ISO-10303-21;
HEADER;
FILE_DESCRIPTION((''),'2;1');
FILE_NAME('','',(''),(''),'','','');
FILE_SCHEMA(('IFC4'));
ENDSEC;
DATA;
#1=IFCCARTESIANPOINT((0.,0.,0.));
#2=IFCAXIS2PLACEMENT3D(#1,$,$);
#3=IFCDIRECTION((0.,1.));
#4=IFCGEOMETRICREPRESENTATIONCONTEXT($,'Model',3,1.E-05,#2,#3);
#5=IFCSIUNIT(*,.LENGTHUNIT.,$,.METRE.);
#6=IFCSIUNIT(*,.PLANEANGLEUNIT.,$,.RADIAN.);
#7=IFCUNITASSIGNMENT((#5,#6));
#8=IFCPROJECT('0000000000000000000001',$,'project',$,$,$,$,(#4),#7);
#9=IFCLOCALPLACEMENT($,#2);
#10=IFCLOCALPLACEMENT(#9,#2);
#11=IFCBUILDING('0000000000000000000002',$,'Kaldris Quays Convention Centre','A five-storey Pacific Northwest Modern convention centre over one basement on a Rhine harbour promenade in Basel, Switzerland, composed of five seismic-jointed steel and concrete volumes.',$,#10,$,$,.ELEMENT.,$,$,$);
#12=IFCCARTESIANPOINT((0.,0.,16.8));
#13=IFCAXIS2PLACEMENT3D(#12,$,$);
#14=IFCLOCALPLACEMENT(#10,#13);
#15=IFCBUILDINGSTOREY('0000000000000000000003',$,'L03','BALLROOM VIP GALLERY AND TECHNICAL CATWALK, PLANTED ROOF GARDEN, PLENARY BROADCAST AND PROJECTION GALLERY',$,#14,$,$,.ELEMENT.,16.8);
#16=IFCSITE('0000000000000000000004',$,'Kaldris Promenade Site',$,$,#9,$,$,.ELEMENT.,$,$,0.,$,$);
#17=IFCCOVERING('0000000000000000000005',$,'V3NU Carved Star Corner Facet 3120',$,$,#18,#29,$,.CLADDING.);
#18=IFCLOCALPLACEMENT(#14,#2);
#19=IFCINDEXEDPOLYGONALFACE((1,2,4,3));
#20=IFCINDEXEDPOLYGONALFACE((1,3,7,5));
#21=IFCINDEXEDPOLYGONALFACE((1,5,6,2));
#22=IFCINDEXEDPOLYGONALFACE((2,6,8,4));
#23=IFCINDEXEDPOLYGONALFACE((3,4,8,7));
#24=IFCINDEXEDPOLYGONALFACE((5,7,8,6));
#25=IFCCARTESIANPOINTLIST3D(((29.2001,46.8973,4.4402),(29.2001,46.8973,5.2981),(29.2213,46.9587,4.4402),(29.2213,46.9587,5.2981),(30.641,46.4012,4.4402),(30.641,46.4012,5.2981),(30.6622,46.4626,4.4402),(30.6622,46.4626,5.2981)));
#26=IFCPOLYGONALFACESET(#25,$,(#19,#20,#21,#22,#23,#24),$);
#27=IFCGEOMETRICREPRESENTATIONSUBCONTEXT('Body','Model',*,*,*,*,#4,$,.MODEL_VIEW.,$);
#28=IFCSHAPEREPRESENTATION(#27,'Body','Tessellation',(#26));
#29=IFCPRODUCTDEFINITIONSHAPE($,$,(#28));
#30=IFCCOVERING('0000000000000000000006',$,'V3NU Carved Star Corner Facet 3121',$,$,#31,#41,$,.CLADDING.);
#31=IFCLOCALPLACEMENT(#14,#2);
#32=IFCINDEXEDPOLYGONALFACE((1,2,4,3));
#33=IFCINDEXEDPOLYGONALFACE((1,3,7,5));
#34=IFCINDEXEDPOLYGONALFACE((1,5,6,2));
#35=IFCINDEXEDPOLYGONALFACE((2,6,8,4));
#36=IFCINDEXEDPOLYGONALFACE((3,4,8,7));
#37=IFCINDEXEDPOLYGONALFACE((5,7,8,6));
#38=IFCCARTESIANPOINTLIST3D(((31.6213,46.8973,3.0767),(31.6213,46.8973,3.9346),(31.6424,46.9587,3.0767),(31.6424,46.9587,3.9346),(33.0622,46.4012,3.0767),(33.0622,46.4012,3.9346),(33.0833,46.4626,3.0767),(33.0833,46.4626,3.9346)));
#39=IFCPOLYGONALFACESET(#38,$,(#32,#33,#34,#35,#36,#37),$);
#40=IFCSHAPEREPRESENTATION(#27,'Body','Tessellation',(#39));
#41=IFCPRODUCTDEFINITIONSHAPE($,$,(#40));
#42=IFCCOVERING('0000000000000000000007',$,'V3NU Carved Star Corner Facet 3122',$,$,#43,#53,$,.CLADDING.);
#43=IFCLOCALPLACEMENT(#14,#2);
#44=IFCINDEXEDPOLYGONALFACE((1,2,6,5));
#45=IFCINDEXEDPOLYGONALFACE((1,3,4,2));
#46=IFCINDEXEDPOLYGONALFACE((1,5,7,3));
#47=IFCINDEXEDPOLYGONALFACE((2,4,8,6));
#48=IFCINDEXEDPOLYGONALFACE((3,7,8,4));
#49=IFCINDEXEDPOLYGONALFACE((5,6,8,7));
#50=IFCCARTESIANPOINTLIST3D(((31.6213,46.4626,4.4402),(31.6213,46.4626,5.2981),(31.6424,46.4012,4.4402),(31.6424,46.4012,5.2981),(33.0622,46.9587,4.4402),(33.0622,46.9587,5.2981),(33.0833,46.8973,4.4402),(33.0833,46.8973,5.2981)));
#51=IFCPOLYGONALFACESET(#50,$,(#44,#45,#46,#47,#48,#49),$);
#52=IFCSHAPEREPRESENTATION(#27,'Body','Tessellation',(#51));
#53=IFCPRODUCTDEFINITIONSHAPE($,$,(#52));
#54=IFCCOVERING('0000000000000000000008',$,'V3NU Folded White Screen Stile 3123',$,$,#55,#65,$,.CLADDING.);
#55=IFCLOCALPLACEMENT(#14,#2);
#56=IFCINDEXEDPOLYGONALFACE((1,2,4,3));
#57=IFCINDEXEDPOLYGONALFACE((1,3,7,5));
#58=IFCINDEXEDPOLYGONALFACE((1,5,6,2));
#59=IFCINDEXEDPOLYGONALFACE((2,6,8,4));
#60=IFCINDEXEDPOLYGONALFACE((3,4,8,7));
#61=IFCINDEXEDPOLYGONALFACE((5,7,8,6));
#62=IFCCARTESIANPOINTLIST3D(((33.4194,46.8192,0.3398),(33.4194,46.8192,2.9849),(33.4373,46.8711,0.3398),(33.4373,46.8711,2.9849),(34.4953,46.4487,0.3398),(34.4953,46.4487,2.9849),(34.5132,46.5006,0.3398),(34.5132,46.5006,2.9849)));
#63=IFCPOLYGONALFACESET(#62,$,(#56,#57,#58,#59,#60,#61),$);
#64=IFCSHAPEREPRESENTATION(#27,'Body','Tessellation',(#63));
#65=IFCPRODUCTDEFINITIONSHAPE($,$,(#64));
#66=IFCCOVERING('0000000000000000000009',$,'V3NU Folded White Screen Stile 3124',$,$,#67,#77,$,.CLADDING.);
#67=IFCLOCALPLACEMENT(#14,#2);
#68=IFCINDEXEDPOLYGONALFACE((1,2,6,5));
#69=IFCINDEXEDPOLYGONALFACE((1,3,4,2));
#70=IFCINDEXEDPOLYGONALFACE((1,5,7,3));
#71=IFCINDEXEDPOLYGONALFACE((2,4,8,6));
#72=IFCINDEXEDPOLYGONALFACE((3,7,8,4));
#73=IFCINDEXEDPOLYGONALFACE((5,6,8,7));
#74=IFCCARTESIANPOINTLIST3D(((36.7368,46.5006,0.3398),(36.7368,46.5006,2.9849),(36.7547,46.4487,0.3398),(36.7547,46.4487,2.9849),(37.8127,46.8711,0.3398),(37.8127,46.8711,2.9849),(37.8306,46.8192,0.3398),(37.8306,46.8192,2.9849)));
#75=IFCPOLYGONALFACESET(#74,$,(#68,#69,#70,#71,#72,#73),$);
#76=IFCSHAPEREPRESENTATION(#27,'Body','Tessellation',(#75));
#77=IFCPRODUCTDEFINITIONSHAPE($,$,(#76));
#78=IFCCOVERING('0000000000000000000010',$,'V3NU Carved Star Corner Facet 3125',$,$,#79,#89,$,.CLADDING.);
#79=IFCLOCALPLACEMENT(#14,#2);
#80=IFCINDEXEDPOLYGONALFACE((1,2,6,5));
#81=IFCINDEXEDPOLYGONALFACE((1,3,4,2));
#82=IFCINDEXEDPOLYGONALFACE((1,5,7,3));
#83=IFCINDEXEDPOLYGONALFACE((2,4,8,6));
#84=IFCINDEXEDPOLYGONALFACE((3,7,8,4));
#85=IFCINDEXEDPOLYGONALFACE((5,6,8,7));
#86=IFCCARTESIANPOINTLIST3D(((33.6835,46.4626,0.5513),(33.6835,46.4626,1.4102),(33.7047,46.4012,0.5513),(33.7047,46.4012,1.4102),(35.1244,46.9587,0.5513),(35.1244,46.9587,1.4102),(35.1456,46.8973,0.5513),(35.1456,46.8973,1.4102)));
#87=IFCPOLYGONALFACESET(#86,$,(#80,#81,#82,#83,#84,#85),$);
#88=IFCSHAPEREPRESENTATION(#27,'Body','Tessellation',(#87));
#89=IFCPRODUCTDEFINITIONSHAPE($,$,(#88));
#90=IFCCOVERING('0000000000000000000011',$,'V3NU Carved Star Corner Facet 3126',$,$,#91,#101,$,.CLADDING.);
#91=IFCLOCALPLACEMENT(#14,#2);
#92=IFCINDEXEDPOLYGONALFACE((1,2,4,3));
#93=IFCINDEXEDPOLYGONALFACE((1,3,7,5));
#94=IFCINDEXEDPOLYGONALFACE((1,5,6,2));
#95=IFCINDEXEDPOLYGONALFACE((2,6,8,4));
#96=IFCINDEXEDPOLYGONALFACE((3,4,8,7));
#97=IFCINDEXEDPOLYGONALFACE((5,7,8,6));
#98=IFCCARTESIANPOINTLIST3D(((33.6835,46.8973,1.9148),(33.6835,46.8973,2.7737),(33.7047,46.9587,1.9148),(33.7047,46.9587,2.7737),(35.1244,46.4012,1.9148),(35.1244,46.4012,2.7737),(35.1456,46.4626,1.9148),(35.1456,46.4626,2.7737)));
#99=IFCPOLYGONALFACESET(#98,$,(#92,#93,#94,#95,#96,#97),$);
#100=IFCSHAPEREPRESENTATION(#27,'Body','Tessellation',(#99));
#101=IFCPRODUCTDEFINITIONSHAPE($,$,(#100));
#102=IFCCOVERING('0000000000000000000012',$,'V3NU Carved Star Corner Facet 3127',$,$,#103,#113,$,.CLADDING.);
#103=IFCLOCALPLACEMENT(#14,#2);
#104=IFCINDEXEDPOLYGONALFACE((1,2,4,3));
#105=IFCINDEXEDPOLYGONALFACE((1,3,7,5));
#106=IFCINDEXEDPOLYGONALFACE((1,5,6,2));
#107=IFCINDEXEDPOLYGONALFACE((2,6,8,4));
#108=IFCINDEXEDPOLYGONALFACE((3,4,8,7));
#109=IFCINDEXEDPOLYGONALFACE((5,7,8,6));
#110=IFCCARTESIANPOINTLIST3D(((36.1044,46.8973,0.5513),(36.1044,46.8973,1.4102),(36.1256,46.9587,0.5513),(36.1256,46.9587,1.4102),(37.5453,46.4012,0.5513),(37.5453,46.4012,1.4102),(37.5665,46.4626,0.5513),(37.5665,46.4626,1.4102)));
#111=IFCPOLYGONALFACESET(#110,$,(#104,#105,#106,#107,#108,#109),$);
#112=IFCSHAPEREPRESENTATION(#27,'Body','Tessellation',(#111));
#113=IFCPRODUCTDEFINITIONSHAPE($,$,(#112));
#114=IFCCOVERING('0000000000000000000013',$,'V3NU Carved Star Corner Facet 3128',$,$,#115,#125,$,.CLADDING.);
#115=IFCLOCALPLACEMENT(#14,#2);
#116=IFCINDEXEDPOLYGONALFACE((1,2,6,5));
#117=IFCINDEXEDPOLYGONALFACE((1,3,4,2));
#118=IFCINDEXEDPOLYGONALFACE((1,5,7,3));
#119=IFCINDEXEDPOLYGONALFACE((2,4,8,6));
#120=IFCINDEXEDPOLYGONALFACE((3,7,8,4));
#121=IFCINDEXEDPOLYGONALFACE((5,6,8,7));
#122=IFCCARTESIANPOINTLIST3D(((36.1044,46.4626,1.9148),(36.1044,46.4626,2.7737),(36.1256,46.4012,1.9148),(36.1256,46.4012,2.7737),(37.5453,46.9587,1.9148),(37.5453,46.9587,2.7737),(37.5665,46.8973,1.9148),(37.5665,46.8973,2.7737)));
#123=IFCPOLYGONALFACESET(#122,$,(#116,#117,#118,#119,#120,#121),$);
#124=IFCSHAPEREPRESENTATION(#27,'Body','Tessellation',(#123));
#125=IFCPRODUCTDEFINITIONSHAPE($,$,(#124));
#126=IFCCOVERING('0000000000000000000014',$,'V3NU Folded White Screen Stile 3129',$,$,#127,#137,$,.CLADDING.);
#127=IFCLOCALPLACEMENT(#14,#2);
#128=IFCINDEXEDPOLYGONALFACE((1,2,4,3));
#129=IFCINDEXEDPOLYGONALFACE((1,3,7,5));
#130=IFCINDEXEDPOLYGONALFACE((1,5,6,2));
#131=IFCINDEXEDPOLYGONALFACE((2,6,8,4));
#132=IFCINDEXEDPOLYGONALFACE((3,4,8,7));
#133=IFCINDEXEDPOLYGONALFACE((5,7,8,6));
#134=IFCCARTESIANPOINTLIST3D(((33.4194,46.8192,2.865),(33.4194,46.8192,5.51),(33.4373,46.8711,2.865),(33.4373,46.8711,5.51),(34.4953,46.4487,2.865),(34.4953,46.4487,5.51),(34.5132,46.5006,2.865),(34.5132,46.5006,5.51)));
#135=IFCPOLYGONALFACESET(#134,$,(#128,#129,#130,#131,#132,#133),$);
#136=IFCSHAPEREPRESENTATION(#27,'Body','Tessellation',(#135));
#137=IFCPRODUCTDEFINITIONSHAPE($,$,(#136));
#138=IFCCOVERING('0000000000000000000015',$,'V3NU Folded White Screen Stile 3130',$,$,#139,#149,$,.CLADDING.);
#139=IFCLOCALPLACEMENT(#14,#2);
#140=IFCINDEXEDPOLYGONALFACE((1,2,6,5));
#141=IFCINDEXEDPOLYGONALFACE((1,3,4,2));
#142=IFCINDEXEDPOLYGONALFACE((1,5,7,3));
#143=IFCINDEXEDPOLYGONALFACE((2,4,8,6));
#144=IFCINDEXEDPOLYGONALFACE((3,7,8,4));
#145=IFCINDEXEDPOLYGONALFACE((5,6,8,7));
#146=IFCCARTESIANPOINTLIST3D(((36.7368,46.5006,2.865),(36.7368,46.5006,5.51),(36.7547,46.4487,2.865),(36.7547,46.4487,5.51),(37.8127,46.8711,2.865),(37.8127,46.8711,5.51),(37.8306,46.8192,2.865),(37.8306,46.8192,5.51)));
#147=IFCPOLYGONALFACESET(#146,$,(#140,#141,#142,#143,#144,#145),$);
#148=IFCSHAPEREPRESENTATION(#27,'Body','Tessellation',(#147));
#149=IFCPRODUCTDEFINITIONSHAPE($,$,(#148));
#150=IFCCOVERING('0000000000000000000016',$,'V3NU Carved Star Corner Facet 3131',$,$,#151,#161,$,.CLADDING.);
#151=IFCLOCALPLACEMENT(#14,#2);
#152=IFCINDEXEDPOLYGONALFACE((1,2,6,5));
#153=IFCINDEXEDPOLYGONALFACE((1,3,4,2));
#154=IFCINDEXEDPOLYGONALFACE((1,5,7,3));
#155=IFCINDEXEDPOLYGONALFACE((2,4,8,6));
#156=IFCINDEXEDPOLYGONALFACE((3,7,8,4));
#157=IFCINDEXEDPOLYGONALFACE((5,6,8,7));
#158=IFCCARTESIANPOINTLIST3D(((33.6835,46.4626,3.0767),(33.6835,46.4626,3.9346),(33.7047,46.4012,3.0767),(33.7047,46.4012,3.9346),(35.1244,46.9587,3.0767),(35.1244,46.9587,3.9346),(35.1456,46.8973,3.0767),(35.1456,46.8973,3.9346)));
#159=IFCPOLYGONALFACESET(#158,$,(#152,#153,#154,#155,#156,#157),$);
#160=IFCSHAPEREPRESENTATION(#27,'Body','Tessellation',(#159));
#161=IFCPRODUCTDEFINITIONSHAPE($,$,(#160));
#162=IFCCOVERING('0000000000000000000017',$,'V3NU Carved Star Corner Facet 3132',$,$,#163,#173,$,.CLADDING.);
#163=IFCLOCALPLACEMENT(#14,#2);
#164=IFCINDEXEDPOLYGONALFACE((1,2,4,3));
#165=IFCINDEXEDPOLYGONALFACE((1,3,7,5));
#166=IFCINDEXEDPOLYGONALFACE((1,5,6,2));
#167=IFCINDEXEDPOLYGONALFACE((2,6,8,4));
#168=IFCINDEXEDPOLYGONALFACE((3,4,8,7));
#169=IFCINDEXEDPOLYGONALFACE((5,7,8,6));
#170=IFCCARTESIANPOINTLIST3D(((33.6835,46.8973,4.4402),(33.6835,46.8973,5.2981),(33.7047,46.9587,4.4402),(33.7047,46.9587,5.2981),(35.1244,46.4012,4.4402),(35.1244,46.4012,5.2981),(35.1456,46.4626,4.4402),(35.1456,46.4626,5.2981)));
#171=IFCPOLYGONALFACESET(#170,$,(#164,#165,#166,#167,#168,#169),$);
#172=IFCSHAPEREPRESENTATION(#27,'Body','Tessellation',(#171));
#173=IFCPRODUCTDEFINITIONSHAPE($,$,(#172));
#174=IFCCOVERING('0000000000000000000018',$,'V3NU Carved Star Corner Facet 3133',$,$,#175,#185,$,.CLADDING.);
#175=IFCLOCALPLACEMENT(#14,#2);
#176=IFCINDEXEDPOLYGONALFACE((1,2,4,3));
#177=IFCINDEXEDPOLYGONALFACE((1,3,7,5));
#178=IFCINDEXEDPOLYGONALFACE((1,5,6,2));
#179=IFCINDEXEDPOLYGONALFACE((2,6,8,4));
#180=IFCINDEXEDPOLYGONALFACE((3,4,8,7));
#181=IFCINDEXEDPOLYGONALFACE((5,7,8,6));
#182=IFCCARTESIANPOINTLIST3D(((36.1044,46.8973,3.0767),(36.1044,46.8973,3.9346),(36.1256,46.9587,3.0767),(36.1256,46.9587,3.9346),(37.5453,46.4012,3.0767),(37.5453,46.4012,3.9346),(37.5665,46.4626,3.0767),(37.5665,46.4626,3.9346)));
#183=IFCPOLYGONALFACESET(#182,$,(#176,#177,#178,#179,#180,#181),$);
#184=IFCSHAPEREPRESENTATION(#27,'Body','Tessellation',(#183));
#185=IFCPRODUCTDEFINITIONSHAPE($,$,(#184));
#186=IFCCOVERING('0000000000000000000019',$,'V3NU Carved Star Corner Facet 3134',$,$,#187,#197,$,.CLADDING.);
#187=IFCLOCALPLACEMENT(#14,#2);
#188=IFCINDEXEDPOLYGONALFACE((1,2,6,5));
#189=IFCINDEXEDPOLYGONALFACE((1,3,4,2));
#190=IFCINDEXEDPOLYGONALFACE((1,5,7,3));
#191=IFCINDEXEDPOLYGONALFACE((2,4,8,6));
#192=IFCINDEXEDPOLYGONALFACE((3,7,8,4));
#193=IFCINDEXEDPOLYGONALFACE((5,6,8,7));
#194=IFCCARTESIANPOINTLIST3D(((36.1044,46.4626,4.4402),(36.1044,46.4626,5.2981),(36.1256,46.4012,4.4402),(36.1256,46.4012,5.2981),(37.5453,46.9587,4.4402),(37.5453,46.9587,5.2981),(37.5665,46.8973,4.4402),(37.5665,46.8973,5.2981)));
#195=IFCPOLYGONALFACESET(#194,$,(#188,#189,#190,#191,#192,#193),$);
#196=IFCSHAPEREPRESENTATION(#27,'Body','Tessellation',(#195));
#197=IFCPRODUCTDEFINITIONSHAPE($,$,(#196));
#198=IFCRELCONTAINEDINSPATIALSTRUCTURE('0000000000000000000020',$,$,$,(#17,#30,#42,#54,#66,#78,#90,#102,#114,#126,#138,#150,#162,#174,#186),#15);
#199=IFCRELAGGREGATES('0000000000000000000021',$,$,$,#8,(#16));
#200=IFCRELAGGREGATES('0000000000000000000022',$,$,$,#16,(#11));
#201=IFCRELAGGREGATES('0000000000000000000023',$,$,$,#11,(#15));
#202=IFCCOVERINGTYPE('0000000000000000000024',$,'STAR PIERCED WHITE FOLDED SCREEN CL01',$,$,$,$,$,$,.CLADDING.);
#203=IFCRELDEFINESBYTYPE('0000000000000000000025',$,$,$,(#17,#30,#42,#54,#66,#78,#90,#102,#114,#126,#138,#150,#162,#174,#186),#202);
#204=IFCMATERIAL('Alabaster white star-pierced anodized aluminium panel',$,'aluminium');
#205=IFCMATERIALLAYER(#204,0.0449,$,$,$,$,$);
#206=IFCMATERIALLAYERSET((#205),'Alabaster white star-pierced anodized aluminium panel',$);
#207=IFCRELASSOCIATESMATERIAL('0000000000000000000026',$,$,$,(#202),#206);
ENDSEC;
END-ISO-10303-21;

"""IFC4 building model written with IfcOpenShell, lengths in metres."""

from ifc_helpers import new_model, si_unit, direction, frame, origin, origin_2d, place, context, subcontext, project, spatial, rectangle, extrude, material, layer, layer_set, type_object, element, save


model = new_model("IFC4")

# Units and contexts
model_context = context("Model", 3, precision=1e-05, world=origin(), true_north=direction((0.0, 1.0)))
body_context = subcontext(model_context, "Body", "Model", "MODEL_VIEW")
ifc_project = project(units=[si_unit("LENGTHUNIT", "METRE"), si_unit("PLANEANGLEUNIT", "RADIAN")], contexts=[model_context])

# Site, building, storey
site_placement = place(None, origin())
site = spatial("IfcSite", under=ifc_project, at=site_placement, Name="Kaldris Promenade Site", CompositionType="ELEMENT", RefElevation=0.0)
building_placement = place(site_placement, origin())
building = spatial("IfcBuilding", under=site, at=building_placement, Name="Kaldris Quays Convention Centre", Description="A five-storey Pacific Northwest Modern convention centre over one basement on a Rhine harbour promenade in Basel, Switzerland, composed of five seismic-jointed steel and concrete volumes.", CompositionType="ELEMENT")
storey_placement = place(building_placement, frame((0.0, 0.0, 16.8)))
storey = spatial("IfcBuildingStorey", under=building, at=storey_placement, Name="L03", Description="BALLROOM VIP GALLERY AND TECHNICAL CATWALK, PLANTED ROOF GARDEN, PLENARY BROADCAST AND PROJECTION GALLERY", CompositionType="ELEMENT", Elevation=16.8)

# Coverings
ifc_material_1 = material(Name="Alabaster white star-pierced anodized aluminium panel", Category="aluminium")
ifc_layer = layer(ifc_material_1, 0.0449)
ifc_layer_set = layer_set([ifc_layer], Name="Alabaster white star-pierced anodized aluminium panel")
covering_type = type_object("IfcCoveringType", Name="STAR PIERCED WHITE FOLDED SCREEN CL01", PredefinedType="CLADDING", material=ifc_layer_set)
for number, where, z_axis, x_axis, name in (
    (1, (29.9312, 46.6799, 4.4402), (0.0, 0.0, 1.0), (0.945519, -0.325568, 0.0), "V3NU Carved Star Corner Facet 3120"),
    (2, (32.3523, 46.6799, 3.0767), (0.0, 0.0, 1.0), (0.945519, -0.325568, 0.0), "V3NU Carved Star Corner Facet 3121"),
    (3, (32.3523, 46.6799, 4.4402), (0.0, 0.0, 1.0), (0.945519, 0.325568, 0.0), "V3NU Carved Star Corner Facet 3122"),
):
    element("IfcCovering", number, at=place(storey_placement, frame(where, z_axis=z_axis, x_axis=x_axis)), inside=storey, type_object=covering_type, Name=name, PredefinedType="CLADDING", context=body_context, shape_type="SweptSolid", body=[
        extrude(rectangle(XDim=1.5239, YDim=0.0649, at=origin_2d()), origin(), (0.0, 0.0, 1.0), 0.8579),
    ])
for number, where, z_axis, x_axis, name in (
    (4, (33.9663, 46.6599, 0.3398), (0.0, 0.0, 1.0), (0.945519, -0.325568, 0.0), "V3NU Folded White Screen Stile 3123"),
    (5, (37.2837, 46.6599, 0.3398), (0.0, 0.0, 1.0), (0.945519, 0.325568, 0.0), "V3NU Folded White Screen Stile 3124"),
):
    element("IfcCovering", number, at=place(storey_placement, frame(where, z_axis=z_axis, x_axis=x_axis)), inside=storey, type_object=covering_type, Name=name, PredefinedType="CLADDING", context=body_context, shape_type="SweptSolid", body=[
        extrude(rectangle(XDim=1.1379, YDim=0.0549, at=origin_2d()), origin(), (0.0, 0.0, 1.0), 2.645),
    ])
for number, where, z_axis, x_axis, name in (
    (6, (34.4146, 46.6799, 0.5513), (0.0, 0.0, 1.0), (0.945519, 0.325568, 0.0), "V3NU Carved Star Corner Facet 3125"),
    (7, (34.4146, 46.6799, 1.9148), (0.0, 0.0, 1.0), (0.945519, -0.325568, 0.0), "V3NU Carved Star Corner Facet 3126"),
    (8, (36.8354, 46.6799, 0.5513), (0.0, 0.0, 1.0), (0.945519, -0.325568, 0.0), "V3NU Carved Star Corner Facet 3127"),
    (9, (36.8354, 46.6799, 1.9148), (0.0, 0.0, 1.0), (0.945519, 0.325568, 0.0), "V3NU Carved Star Corner Facet 3128"),
):
    element("IfcCovering", number, at=place(storey_placement, frame(where, z_axis=z_axis, x_axis=x_axis)), inside=storey, type_object=covering_type, Name=name, PredefinedType="CLADDING", context=body_context, shape_type="SweptSolid", body=[
        extrude(rectangle(XDim=1.5239, YDim=0.0649, at=origin_2d()), origin(), (0.0, 0.0, 1.0), 0.8589),
    ])
for number, where, z_axis, x_axis, name in (
    (10, (33.9663, 46.6599, 2.865), (0.0, 0.0, 1.0), (0.945519, -0.325568, 0.0), "V3NU Folded White Screen Stile 3129"),
    (11, (37.2837, 46.6599, 2.865), (0.0, 0.0, 1.0), (0.945519, 0.325568, 0.0), "V3NU Folded White Screen Stile 3130"),
):
    element("IfcCovering", number, at=place(storey_placement, frame(where, z_axis=z_axis, x_axis=x_axis)), inside=storey, type_object=covering_type, Name=name, PredefinedType="CLADDING", context=body_context, shape_type="SweptSolid", body=[
        extrude(rectangle(XDim=1.1379, YDim=0.0549, at=origin_2d()), origin(), (0.0, 0.0, 1.0), 2.645),
    ])
for number, where, z_axis, x_axis, name in (
    (12, (34.4146, 46.6799, 3.0767), (0.0, 0.0, 1.0), (0.945519, 0.325568, 0.0), "V3NU Carved Star Corner Facet 3131"),
    (13, (34.4146, 46.6799, 4.4402), (0.0, 0.0, 1.0), (0.945519, -0.325568, 0.0), "V3NU Carved Star Corner Facet 3132"),
    (14, (36.8354, 46.6799, 3.0767), (0.0, 0.0, 1.0), (0.945519, -0.325568, 0.0), "V3NU Carved Star Corner Facet 3133"),
    (15, (36.8354, 46.6799, 4.4402), (0.0, 0.0, 1.0), (0.945519, 0.325568, 0.0), "V3NU Carved Star Corner Facet 3134"),
):
    element("IfcCovering", number, at=place(storey_placement, frame(where, z_axis=z_axis, x_axis=x_axis)), inside=storey, type_object=covering_type, Name=name, PredefinedType="CLADDING", context=body_context, shape_type="SweptSolid", body=[
        extrude(rectangle(XDim=1.5239, YDim=0.0649, at=origin_2d()), origin(), (0.0, 0.0, 1.0), 0.8579),
    ])

save(model, "model.ifc")
